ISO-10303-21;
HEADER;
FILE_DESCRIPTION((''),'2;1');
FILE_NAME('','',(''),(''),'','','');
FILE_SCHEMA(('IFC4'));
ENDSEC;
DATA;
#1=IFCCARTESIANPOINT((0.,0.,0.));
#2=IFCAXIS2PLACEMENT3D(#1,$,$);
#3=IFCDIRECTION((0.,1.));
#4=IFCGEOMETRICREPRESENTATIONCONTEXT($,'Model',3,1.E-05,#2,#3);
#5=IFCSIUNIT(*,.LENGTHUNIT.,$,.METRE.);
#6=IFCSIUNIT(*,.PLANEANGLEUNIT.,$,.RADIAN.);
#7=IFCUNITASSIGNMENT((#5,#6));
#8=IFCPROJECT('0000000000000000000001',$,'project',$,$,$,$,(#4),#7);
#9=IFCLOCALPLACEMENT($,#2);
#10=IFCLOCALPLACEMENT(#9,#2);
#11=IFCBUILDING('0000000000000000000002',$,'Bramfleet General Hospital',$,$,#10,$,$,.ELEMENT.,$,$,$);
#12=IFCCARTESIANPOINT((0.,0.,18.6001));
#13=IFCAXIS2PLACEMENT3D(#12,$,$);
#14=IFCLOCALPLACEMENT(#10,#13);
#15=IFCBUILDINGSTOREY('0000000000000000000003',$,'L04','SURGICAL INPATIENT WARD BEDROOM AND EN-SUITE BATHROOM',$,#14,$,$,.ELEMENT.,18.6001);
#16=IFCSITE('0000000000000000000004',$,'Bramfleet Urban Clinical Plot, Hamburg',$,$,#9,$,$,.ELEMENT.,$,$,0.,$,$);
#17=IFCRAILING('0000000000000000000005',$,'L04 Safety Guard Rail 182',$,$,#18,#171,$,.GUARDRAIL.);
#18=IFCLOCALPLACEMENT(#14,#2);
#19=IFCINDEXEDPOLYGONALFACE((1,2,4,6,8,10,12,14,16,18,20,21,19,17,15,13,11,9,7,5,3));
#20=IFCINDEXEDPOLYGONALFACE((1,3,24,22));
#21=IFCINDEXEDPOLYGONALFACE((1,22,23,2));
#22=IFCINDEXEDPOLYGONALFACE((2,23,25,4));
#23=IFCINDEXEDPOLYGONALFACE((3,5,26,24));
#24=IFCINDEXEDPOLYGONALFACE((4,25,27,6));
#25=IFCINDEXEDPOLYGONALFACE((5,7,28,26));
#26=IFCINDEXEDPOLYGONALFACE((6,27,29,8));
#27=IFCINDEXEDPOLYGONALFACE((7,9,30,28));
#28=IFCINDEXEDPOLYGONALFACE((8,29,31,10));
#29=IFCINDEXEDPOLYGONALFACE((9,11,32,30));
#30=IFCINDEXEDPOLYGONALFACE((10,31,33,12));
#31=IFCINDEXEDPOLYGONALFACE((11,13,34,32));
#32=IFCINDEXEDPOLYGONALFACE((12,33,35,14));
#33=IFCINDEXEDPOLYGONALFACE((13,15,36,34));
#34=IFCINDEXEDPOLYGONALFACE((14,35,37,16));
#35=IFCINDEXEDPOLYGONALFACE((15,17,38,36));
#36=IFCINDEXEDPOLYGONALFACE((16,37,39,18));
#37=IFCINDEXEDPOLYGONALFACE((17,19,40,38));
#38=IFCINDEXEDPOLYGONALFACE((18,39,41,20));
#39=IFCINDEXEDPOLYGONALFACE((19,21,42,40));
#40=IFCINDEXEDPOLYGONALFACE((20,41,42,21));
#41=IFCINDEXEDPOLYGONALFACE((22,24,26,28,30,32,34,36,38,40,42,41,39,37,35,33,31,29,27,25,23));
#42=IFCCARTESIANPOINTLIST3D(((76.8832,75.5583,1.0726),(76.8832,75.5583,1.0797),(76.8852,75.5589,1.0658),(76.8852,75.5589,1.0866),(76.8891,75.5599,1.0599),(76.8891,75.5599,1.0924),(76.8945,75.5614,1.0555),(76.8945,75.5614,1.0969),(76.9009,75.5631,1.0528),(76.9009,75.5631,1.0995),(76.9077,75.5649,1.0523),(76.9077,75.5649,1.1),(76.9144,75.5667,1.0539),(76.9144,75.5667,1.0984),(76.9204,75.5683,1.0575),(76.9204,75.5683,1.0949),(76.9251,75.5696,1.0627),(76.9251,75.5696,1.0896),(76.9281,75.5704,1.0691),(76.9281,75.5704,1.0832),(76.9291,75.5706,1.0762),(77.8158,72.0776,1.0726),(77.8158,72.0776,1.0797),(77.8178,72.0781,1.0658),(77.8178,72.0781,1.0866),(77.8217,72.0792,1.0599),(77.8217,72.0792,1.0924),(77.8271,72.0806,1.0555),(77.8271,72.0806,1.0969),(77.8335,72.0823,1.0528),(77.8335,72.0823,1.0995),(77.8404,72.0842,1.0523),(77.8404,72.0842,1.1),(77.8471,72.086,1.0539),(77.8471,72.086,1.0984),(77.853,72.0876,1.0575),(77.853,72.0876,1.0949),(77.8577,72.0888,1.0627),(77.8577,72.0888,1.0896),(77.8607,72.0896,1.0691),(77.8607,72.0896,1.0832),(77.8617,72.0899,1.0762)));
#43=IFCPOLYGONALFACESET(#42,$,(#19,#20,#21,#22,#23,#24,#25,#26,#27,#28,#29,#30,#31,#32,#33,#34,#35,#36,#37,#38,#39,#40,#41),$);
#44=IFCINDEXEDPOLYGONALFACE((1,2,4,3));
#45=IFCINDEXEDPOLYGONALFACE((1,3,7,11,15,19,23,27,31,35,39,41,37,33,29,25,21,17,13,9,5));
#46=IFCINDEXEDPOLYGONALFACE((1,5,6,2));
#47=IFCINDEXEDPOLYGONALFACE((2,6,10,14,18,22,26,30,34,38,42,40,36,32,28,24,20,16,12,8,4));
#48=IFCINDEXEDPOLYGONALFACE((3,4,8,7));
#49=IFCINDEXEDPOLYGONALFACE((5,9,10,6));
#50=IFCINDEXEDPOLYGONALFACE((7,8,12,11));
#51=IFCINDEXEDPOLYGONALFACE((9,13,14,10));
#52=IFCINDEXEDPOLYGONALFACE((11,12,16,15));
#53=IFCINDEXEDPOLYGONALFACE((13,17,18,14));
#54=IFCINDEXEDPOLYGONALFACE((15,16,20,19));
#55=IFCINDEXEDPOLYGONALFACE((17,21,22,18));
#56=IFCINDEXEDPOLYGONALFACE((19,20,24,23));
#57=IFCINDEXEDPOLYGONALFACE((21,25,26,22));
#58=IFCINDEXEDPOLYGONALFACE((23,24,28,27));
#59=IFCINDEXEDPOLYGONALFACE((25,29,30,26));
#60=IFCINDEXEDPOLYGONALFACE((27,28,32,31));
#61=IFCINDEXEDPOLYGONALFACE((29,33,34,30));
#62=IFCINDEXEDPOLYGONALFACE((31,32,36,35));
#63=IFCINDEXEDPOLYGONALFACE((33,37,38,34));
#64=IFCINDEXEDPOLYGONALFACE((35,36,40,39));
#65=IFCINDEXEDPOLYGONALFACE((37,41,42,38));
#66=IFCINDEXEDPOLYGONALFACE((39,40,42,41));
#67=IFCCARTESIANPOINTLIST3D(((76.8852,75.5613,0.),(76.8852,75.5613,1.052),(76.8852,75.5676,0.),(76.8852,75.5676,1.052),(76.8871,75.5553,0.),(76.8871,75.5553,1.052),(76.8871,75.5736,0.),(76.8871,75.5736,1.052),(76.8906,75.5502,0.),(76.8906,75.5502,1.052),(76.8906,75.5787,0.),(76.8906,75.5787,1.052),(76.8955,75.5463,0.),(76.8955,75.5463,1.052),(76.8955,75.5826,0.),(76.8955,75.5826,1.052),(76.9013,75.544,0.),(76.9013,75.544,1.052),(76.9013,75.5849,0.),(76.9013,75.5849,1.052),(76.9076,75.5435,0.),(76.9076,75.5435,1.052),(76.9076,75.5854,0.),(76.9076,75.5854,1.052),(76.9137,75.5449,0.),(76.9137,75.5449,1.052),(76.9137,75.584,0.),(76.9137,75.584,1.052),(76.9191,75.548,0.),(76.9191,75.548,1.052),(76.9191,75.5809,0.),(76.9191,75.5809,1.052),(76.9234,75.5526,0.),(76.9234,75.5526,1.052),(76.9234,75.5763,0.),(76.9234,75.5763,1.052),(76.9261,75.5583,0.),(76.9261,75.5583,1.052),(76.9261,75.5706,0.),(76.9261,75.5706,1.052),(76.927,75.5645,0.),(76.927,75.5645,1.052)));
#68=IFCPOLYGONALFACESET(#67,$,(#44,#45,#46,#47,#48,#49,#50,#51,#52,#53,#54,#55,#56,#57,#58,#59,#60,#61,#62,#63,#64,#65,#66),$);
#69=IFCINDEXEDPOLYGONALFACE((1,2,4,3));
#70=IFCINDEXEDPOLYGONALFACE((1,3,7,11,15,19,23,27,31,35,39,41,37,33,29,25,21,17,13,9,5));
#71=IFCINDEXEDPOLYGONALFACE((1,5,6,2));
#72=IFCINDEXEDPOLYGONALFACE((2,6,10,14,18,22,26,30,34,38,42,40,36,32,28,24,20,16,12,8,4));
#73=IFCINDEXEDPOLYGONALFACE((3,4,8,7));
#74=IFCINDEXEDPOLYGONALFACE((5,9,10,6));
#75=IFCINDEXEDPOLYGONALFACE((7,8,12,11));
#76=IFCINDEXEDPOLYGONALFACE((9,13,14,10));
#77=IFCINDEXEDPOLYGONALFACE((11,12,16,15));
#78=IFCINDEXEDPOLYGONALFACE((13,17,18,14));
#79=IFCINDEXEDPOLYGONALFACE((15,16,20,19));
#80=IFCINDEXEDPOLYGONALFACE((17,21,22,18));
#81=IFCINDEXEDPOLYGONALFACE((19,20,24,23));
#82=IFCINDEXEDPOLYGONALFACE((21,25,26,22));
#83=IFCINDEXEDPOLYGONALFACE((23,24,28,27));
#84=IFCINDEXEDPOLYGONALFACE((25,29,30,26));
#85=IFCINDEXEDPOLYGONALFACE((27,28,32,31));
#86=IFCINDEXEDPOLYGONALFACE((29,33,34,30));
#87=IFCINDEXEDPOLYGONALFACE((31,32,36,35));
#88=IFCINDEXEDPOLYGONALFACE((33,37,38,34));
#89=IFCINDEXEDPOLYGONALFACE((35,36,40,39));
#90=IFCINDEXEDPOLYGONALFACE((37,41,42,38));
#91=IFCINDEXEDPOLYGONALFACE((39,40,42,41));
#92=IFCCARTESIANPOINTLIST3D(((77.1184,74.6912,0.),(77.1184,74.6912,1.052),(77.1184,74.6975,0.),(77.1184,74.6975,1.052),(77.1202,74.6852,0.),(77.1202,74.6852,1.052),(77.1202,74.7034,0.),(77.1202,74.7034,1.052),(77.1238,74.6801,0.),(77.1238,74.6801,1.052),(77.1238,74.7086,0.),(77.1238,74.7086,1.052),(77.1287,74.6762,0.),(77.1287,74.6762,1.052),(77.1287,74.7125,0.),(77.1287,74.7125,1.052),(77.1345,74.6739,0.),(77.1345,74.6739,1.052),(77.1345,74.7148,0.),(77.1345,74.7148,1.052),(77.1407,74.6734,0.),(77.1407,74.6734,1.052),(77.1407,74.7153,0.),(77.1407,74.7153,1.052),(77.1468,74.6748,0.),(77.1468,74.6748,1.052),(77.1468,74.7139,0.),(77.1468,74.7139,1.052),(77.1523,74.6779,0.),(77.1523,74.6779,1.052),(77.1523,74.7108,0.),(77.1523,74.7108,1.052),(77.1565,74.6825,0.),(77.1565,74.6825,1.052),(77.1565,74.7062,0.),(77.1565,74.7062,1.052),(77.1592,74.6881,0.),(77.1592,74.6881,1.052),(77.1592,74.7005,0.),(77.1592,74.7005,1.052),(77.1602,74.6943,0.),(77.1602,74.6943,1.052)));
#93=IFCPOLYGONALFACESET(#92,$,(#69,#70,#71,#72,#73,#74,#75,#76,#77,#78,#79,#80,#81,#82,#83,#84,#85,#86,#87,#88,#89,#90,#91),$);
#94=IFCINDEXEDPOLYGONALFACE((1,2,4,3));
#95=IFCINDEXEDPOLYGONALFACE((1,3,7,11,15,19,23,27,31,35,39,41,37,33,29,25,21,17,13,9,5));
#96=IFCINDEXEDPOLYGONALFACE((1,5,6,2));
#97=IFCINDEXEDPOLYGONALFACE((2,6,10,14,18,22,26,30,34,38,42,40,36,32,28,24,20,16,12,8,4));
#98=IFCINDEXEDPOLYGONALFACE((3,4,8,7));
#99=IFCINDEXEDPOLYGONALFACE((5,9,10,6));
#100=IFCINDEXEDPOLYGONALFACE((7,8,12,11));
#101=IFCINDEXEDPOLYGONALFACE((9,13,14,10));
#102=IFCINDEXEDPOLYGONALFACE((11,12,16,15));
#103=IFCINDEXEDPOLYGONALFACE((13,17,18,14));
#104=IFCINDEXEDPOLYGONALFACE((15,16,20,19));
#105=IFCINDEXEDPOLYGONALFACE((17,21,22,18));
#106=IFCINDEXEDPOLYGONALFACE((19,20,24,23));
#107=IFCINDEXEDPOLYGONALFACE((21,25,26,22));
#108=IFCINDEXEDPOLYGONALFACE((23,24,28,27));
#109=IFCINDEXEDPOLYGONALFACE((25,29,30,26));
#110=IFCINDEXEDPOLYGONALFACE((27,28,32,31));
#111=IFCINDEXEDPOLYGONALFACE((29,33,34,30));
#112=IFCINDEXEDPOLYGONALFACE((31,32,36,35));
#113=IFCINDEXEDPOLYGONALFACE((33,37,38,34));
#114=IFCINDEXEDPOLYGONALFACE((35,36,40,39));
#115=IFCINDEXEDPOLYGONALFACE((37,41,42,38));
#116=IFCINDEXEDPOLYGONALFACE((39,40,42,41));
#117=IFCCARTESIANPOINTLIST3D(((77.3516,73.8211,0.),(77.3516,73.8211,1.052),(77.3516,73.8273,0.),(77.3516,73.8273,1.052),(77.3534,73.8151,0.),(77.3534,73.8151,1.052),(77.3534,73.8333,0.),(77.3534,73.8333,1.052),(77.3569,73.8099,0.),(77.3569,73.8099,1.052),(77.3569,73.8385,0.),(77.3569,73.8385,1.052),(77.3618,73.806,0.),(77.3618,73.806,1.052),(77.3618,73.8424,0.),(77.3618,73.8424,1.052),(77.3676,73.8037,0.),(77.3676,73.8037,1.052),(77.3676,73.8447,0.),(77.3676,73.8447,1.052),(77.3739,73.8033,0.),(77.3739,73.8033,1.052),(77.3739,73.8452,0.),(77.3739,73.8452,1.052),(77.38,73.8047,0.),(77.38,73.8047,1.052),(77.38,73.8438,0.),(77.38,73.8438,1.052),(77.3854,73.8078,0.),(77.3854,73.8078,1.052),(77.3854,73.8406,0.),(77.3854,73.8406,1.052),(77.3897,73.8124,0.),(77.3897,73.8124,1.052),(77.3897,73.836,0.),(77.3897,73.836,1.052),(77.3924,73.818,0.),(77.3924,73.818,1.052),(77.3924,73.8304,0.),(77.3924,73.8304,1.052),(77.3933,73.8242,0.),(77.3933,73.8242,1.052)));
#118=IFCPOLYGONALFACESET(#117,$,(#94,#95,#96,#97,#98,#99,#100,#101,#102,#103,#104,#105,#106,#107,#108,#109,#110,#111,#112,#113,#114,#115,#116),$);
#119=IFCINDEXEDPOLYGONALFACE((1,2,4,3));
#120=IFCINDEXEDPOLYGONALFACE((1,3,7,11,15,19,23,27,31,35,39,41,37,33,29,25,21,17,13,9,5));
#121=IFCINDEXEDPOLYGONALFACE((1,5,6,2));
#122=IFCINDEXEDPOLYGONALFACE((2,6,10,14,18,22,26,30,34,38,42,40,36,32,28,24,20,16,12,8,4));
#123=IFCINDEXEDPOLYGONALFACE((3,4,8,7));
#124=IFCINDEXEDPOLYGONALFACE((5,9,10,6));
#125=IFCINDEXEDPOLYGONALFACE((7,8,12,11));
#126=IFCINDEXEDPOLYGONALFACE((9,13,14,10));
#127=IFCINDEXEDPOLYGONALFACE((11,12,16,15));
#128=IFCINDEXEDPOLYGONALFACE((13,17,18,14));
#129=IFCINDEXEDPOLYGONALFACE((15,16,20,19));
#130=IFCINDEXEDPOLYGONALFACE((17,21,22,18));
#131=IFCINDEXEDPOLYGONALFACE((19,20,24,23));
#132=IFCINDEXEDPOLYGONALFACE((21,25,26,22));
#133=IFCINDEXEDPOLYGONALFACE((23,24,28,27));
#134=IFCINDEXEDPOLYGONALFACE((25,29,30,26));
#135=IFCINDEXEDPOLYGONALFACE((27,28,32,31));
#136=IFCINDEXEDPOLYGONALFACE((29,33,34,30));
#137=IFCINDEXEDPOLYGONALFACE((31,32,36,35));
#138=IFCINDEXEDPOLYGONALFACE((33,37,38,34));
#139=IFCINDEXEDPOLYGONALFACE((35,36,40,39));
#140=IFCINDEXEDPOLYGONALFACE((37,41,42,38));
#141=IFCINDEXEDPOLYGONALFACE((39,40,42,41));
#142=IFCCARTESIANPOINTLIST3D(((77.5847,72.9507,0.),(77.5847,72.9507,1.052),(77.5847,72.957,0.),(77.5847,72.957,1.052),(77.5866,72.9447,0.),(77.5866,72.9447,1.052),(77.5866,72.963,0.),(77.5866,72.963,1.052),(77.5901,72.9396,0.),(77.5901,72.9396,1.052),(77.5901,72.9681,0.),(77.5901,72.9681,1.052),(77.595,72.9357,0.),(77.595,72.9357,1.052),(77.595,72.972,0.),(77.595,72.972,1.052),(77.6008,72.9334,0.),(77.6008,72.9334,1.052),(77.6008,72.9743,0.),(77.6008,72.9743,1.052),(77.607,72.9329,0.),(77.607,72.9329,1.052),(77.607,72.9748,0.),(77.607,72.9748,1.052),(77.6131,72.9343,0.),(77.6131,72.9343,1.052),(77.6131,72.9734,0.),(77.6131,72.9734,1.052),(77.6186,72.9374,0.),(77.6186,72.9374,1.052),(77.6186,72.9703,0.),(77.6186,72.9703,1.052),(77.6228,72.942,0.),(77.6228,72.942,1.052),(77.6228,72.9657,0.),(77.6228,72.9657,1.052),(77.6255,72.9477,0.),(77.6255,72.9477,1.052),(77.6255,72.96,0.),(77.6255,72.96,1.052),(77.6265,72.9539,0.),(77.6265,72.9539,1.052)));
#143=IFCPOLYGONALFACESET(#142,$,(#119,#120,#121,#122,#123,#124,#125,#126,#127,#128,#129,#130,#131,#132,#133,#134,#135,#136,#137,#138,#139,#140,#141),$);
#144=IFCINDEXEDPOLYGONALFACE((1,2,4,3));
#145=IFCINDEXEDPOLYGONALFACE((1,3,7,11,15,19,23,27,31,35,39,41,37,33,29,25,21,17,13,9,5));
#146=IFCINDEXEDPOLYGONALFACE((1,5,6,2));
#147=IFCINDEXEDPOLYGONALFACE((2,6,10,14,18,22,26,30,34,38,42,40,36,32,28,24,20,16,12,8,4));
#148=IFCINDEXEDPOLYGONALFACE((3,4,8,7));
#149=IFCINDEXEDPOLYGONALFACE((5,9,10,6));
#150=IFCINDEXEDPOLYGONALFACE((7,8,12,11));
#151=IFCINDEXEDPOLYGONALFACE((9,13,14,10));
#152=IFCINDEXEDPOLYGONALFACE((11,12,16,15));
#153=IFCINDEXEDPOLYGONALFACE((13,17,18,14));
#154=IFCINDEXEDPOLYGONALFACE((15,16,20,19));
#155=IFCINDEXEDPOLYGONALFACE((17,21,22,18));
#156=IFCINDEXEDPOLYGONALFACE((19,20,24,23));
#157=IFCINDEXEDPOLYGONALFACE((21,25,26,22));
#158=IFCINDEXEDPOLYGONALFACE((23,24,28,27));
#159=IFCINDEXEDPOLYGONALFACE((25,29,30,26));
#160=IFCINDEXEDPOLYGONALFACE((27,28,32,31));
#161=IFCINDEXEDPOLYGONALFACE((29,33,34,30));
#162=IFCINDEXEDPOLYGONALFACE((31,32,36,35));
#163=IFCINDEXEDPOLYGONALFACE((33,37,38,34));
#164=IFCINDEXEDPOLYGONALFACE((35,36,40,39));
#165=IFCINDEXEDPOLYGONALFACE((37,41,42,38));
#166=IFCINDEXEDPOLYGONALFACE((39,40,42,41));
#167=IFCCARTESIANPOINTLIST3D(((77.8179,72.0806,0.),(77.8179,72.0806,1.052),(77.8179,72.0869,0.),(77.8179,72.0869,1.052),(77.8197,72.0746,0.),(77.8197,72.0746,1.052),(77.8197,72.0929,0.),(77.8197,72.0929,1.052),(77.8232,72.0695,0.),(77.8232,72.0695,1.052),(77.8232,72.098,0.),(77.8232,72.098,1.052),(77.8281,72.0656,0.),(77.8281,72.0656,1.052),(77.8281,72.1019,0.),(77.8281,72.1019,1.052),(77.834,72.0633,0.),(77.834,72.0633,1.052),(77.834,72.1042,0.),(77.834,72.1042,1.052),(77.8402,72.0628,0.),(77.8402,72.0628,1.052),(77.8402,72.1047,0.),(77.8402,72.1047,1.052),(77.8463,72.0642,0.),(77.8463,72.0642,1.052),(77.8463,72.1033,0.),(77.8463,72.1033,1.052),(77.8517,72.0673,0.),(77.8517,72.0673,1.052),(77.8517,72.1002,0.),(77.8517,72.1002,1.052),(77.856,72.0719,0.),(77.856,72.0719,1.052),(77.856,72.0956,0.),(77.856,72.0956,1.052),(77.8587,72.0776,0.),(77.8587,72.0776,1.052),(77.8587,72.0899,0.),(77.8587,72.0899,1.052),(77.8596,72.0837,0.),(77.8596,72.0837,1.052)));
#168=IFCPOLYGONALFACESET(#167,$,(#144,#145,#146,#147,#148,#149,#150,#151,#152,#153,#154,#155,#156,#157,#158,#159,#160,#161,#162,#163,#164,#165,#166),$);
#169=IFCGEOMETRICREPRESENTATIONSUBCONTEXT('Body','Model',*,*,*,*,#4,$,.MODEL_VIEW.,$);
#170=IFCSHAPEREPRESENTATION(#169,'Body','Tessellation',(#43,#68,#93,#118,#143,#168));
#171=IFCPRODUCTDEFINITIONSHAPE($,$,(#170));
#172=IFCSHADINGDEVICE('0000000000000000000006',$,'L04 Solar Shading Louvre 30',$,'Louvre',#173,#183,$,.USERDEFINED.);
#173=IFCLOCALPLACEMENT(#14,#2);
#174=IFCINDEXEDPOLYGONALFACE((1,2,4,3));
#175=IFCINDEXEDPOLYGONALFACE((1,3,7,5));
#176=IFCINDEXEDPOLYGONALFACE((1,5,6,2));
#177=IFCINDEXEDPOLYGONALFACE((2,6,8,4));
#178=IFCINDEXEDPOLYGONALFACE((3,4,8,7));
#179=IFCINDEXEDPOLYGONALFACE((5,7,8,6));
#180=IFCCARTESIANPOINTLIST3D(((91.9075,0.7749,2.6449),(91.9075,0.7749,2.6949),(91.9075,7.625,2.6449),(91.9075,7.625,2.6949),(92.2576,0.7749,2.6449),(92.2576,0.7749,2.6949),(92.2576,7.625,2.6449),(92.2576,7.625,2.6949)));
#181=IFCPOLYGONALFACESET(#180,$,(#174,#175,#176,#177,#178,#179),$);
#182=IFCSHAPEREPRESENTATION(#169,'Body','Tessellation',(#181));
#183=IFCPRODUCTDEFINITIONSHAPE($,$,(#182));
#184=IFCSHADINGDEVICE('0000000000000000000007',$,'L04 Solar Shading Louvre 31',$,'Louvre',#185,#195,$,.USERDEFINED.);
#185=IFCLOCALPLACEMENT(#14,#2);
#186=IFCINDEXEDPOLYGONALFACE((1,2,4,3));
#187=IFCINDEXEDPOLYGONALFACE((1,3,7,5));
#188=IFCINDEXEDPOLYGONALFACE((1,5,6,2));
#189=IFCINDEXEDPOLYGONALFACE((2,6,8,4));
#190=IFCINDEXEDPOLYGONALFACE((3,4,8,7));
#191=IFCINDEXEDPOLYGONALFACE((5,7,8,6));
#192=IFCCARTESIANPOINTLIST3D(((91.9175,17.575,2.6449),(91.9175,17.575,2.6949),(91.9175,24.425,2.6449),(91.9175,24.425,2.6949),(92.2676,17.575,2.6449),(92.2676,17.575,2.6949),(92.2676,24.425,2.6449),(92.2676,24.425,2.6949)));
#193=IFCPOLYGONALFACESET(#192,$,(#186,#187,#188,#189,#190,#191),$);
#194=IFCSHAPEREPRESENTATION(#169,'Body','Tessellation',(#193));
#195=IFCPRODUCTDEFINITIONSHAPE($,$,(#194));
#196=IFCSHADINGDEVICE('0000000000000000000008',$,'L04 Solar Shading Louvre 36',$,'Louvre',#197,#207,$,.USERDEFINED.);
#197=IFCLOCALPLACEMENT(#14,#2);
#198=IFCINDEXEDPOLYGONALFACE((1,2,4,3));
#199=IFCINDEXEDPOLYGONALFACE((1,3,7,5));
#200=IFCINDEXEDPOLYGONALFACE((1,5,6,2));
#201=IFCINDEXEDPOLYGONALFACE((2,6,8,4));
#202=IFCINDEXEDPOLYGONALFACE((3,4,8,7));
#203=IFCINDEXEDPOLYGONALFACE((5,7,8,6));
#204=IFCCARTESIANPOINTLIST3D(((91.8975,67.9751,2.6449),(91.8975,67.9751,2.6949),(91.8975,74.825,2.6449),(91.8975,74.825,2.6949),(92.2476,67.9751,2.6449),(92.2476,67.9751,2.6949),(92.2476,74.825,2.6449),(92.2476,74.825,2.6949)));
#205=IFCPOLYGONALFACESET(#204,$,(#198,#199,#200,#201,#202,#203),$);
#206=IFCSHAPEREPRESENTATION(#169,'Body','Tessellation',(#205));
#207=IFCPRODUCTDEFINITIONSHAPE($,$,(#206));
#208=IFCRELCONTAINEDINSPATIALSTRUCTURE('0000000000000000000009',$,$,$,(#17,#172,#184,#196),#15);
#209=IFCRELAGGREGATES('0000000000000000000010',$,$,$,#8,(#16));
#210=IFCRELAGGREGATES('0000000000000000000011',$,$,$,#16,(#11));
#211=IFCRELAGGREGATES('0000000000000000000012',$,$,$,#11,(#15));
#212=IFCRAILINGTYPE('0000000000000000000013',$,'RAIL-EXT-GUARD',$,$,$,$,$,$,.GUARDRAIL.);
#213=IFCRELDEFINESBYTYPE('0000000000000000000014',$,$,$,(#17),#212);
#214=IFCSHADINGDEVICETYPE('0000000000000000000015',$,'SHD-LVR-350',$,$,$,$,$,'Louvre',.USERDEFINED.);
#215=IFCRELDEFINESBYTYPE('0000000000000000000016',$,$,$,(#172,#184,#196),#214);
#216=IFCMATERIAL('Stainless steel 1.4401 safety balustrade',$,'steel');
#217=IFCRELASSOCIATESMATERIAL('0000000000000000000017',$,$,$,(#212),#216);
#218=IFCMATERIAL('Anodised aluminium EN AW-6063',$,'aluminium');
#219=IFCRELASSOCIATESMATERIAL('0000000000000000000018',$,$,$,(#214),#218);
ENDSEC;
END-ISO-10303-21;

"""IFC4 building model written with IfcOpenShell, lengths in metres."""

from ifc_helpers import new_model, si_unit, direction, frame, origin, origin_2d, place, context, subcontext, project, spatial, rectangle, circle, extrude, material, material_profile, profile_set, type_object, element, save


model = new_model("IFC4")

# Units and contexts
model_context = context("Model", 3, precision=1e-05, world=origin(), true_north=direction((0.0, 1.0)))
body_context = subcontext(model_context, "Body", "Model", "MODEL_VIEW")
ifc_project = project(units=[si_unit("LENGTHUNIT", "METRE"), si_unit("PLANEANGLEUNIT", "RADIAN")], contexts=[model_context])

# Site, building, storey
site_placement = place(None, origin())
site = spatial("IfcSite", under=ifc_project, at=site_placement, Name="Bramfleet Urban Clinical Plot, Hamburg", CompositionType="ELEMENT", RefElevation=0.0)
building_placement = place(site_placement, origin())
building = spatial("IfcBuilding", under=site, at=building_placement, Name="Bramfleet General Hospital", CompositionType="ELEMENT")
storey_placement = place(building_placement, frame((0.0, 0.0, 18.6001)))
storey = spatial("IfcBuildingStorey", under=building, at=storey_placement, Name="L04", Description="SURGICAL INPATIENT WARD BEDROOM AND EN-SUITE BATHROOM", CompositionType="ELEMENT", Elevation=18.6001)

# Railing
ifc_material_1 = material(Name="Stainless steel 1.4401 safety balustrade", Category="steel")
railing_type = type_object("IfcRailingType", Name="RAIL-EXT-GUARD", PredefinedType="GUARDRAIL", material=ifc_material_1)
railing_1_placement = place(storey_placement, frame((76.906, 75.5645, 0.0)))
element("IfcRailing", 1, at=railing_1_placement, inside=storey, type_object=railing_type, Name="L04 Safety Guard Rail 182", PredefinedType="GUARDRAIL", context=body_context, shape_type="SweptSolid", body=[
    extrude(circle(Radius=0.0239, at=origin_2d()), frame((0.0, 0.0, 1.0762), z_axis=(0.258809, -0.965928, 0.0), x_axis=(0.965928, 0.258809, 0.0)), (0.0, 0.0, 1.0), 3.6035),
    extrude(circle(Radius=0.021, at=origin_2d()), origin(), (0.0, 0.0, 1.0), 1.052),
    extrude(circle(Radius=0.021, at=origin_2d()), frame((0.2332, -0.8701, 0.0)), (0.0, 0.0, 1.0), 1.052),
    extrude(circle(Radius=0.021, at=origin_2d()), frame((0.4663, -1.7402, 0.0)), (0.0, 0.0, 1.0), 1.052),
    extrude(circle(Radius=0.021, at=origin_2d()), frame((0.6995, -2.6106, 0.0)), (0.0, 0.0, 1.0), 1.052),
    extrude(circle(Radius=0.021, at=origin_2d()), frame((0.9326, -3.4807, 0.0)), (0.0, 0.0, 1.0), 1.052),
])

# Shading devices
ifc_material_2 = material(Name="Anodised aluminium EN AW-6063", Category="aluminium")
ifc_material_profile = material_profile(ifc_material_2, rectangle(XDim=0.05, YDim=0.3501, at=origin_2d()), Name="ALU LOUVRE 350x50")
ifc_profile_set = profile_set([ifc_material_profile], Name="Anodised aluminium EN AW-6063")
shading_device_type = type_object("IfcShadingDeviceType", Name="SHD-LVR-350", ElementType="Louvre", PredefinedType="USERDEFINED", material=ifc_profile_set)
for number, where, z_axis, x_axis, name in (
    (2, (92.0825, 0.7749, 2.6699), (0.0, 1.0, 0.0), (0.0, 0.0, 1.0), "L04 Solar Shading Louvre 30"),
    (3, (92.0925, 17.575, 2.6699), (0.0, 1.0, 0.0), (0.0, 0.0, 1.0), "L04 Solar Shading Louvre 31"),
):
    element("IfcShadingDevice", number, at=place(storey_placement, frame(where, z_axis=z_axis, x_axis=x_axis)), inside=storey, type_object=shading_device_type, Name=name, ObjectType="Louvre", PredefinedType="USERDEFINED", context=body_context, shape_type="SweptSolid", body=[
        extrude(rectangle(XDim=0.05, YDim=0.3501, at=origin_2d()), origin(), (0.0, 0.0, 1.0), 6.8501),
    ])
shading_device_1_placement = place(storey_placement, frame((92.0725, 67.9751, 2.6699), z_axis=(0.0, 1.0, 0.0), x_axis=(0.0, 0.0, 1.0)))
element("IfcShadingDevice", 4, at=shading_device_1_placement, inside=storey, type_object=shading_device_type, Name="L04 Solar Shading Louvre 36", ObjectType="Louvre", PredefinedType="USERDEFINED", context=body_context, shape_type="SweptSolid", body=[
    extrude(rectangle(XDim=0.05, YDim=0.3501, at=origin_2d()), origin(), (0.0, 0.0, 1.0), 6.8499),
])

save(model, "model.ifc")
